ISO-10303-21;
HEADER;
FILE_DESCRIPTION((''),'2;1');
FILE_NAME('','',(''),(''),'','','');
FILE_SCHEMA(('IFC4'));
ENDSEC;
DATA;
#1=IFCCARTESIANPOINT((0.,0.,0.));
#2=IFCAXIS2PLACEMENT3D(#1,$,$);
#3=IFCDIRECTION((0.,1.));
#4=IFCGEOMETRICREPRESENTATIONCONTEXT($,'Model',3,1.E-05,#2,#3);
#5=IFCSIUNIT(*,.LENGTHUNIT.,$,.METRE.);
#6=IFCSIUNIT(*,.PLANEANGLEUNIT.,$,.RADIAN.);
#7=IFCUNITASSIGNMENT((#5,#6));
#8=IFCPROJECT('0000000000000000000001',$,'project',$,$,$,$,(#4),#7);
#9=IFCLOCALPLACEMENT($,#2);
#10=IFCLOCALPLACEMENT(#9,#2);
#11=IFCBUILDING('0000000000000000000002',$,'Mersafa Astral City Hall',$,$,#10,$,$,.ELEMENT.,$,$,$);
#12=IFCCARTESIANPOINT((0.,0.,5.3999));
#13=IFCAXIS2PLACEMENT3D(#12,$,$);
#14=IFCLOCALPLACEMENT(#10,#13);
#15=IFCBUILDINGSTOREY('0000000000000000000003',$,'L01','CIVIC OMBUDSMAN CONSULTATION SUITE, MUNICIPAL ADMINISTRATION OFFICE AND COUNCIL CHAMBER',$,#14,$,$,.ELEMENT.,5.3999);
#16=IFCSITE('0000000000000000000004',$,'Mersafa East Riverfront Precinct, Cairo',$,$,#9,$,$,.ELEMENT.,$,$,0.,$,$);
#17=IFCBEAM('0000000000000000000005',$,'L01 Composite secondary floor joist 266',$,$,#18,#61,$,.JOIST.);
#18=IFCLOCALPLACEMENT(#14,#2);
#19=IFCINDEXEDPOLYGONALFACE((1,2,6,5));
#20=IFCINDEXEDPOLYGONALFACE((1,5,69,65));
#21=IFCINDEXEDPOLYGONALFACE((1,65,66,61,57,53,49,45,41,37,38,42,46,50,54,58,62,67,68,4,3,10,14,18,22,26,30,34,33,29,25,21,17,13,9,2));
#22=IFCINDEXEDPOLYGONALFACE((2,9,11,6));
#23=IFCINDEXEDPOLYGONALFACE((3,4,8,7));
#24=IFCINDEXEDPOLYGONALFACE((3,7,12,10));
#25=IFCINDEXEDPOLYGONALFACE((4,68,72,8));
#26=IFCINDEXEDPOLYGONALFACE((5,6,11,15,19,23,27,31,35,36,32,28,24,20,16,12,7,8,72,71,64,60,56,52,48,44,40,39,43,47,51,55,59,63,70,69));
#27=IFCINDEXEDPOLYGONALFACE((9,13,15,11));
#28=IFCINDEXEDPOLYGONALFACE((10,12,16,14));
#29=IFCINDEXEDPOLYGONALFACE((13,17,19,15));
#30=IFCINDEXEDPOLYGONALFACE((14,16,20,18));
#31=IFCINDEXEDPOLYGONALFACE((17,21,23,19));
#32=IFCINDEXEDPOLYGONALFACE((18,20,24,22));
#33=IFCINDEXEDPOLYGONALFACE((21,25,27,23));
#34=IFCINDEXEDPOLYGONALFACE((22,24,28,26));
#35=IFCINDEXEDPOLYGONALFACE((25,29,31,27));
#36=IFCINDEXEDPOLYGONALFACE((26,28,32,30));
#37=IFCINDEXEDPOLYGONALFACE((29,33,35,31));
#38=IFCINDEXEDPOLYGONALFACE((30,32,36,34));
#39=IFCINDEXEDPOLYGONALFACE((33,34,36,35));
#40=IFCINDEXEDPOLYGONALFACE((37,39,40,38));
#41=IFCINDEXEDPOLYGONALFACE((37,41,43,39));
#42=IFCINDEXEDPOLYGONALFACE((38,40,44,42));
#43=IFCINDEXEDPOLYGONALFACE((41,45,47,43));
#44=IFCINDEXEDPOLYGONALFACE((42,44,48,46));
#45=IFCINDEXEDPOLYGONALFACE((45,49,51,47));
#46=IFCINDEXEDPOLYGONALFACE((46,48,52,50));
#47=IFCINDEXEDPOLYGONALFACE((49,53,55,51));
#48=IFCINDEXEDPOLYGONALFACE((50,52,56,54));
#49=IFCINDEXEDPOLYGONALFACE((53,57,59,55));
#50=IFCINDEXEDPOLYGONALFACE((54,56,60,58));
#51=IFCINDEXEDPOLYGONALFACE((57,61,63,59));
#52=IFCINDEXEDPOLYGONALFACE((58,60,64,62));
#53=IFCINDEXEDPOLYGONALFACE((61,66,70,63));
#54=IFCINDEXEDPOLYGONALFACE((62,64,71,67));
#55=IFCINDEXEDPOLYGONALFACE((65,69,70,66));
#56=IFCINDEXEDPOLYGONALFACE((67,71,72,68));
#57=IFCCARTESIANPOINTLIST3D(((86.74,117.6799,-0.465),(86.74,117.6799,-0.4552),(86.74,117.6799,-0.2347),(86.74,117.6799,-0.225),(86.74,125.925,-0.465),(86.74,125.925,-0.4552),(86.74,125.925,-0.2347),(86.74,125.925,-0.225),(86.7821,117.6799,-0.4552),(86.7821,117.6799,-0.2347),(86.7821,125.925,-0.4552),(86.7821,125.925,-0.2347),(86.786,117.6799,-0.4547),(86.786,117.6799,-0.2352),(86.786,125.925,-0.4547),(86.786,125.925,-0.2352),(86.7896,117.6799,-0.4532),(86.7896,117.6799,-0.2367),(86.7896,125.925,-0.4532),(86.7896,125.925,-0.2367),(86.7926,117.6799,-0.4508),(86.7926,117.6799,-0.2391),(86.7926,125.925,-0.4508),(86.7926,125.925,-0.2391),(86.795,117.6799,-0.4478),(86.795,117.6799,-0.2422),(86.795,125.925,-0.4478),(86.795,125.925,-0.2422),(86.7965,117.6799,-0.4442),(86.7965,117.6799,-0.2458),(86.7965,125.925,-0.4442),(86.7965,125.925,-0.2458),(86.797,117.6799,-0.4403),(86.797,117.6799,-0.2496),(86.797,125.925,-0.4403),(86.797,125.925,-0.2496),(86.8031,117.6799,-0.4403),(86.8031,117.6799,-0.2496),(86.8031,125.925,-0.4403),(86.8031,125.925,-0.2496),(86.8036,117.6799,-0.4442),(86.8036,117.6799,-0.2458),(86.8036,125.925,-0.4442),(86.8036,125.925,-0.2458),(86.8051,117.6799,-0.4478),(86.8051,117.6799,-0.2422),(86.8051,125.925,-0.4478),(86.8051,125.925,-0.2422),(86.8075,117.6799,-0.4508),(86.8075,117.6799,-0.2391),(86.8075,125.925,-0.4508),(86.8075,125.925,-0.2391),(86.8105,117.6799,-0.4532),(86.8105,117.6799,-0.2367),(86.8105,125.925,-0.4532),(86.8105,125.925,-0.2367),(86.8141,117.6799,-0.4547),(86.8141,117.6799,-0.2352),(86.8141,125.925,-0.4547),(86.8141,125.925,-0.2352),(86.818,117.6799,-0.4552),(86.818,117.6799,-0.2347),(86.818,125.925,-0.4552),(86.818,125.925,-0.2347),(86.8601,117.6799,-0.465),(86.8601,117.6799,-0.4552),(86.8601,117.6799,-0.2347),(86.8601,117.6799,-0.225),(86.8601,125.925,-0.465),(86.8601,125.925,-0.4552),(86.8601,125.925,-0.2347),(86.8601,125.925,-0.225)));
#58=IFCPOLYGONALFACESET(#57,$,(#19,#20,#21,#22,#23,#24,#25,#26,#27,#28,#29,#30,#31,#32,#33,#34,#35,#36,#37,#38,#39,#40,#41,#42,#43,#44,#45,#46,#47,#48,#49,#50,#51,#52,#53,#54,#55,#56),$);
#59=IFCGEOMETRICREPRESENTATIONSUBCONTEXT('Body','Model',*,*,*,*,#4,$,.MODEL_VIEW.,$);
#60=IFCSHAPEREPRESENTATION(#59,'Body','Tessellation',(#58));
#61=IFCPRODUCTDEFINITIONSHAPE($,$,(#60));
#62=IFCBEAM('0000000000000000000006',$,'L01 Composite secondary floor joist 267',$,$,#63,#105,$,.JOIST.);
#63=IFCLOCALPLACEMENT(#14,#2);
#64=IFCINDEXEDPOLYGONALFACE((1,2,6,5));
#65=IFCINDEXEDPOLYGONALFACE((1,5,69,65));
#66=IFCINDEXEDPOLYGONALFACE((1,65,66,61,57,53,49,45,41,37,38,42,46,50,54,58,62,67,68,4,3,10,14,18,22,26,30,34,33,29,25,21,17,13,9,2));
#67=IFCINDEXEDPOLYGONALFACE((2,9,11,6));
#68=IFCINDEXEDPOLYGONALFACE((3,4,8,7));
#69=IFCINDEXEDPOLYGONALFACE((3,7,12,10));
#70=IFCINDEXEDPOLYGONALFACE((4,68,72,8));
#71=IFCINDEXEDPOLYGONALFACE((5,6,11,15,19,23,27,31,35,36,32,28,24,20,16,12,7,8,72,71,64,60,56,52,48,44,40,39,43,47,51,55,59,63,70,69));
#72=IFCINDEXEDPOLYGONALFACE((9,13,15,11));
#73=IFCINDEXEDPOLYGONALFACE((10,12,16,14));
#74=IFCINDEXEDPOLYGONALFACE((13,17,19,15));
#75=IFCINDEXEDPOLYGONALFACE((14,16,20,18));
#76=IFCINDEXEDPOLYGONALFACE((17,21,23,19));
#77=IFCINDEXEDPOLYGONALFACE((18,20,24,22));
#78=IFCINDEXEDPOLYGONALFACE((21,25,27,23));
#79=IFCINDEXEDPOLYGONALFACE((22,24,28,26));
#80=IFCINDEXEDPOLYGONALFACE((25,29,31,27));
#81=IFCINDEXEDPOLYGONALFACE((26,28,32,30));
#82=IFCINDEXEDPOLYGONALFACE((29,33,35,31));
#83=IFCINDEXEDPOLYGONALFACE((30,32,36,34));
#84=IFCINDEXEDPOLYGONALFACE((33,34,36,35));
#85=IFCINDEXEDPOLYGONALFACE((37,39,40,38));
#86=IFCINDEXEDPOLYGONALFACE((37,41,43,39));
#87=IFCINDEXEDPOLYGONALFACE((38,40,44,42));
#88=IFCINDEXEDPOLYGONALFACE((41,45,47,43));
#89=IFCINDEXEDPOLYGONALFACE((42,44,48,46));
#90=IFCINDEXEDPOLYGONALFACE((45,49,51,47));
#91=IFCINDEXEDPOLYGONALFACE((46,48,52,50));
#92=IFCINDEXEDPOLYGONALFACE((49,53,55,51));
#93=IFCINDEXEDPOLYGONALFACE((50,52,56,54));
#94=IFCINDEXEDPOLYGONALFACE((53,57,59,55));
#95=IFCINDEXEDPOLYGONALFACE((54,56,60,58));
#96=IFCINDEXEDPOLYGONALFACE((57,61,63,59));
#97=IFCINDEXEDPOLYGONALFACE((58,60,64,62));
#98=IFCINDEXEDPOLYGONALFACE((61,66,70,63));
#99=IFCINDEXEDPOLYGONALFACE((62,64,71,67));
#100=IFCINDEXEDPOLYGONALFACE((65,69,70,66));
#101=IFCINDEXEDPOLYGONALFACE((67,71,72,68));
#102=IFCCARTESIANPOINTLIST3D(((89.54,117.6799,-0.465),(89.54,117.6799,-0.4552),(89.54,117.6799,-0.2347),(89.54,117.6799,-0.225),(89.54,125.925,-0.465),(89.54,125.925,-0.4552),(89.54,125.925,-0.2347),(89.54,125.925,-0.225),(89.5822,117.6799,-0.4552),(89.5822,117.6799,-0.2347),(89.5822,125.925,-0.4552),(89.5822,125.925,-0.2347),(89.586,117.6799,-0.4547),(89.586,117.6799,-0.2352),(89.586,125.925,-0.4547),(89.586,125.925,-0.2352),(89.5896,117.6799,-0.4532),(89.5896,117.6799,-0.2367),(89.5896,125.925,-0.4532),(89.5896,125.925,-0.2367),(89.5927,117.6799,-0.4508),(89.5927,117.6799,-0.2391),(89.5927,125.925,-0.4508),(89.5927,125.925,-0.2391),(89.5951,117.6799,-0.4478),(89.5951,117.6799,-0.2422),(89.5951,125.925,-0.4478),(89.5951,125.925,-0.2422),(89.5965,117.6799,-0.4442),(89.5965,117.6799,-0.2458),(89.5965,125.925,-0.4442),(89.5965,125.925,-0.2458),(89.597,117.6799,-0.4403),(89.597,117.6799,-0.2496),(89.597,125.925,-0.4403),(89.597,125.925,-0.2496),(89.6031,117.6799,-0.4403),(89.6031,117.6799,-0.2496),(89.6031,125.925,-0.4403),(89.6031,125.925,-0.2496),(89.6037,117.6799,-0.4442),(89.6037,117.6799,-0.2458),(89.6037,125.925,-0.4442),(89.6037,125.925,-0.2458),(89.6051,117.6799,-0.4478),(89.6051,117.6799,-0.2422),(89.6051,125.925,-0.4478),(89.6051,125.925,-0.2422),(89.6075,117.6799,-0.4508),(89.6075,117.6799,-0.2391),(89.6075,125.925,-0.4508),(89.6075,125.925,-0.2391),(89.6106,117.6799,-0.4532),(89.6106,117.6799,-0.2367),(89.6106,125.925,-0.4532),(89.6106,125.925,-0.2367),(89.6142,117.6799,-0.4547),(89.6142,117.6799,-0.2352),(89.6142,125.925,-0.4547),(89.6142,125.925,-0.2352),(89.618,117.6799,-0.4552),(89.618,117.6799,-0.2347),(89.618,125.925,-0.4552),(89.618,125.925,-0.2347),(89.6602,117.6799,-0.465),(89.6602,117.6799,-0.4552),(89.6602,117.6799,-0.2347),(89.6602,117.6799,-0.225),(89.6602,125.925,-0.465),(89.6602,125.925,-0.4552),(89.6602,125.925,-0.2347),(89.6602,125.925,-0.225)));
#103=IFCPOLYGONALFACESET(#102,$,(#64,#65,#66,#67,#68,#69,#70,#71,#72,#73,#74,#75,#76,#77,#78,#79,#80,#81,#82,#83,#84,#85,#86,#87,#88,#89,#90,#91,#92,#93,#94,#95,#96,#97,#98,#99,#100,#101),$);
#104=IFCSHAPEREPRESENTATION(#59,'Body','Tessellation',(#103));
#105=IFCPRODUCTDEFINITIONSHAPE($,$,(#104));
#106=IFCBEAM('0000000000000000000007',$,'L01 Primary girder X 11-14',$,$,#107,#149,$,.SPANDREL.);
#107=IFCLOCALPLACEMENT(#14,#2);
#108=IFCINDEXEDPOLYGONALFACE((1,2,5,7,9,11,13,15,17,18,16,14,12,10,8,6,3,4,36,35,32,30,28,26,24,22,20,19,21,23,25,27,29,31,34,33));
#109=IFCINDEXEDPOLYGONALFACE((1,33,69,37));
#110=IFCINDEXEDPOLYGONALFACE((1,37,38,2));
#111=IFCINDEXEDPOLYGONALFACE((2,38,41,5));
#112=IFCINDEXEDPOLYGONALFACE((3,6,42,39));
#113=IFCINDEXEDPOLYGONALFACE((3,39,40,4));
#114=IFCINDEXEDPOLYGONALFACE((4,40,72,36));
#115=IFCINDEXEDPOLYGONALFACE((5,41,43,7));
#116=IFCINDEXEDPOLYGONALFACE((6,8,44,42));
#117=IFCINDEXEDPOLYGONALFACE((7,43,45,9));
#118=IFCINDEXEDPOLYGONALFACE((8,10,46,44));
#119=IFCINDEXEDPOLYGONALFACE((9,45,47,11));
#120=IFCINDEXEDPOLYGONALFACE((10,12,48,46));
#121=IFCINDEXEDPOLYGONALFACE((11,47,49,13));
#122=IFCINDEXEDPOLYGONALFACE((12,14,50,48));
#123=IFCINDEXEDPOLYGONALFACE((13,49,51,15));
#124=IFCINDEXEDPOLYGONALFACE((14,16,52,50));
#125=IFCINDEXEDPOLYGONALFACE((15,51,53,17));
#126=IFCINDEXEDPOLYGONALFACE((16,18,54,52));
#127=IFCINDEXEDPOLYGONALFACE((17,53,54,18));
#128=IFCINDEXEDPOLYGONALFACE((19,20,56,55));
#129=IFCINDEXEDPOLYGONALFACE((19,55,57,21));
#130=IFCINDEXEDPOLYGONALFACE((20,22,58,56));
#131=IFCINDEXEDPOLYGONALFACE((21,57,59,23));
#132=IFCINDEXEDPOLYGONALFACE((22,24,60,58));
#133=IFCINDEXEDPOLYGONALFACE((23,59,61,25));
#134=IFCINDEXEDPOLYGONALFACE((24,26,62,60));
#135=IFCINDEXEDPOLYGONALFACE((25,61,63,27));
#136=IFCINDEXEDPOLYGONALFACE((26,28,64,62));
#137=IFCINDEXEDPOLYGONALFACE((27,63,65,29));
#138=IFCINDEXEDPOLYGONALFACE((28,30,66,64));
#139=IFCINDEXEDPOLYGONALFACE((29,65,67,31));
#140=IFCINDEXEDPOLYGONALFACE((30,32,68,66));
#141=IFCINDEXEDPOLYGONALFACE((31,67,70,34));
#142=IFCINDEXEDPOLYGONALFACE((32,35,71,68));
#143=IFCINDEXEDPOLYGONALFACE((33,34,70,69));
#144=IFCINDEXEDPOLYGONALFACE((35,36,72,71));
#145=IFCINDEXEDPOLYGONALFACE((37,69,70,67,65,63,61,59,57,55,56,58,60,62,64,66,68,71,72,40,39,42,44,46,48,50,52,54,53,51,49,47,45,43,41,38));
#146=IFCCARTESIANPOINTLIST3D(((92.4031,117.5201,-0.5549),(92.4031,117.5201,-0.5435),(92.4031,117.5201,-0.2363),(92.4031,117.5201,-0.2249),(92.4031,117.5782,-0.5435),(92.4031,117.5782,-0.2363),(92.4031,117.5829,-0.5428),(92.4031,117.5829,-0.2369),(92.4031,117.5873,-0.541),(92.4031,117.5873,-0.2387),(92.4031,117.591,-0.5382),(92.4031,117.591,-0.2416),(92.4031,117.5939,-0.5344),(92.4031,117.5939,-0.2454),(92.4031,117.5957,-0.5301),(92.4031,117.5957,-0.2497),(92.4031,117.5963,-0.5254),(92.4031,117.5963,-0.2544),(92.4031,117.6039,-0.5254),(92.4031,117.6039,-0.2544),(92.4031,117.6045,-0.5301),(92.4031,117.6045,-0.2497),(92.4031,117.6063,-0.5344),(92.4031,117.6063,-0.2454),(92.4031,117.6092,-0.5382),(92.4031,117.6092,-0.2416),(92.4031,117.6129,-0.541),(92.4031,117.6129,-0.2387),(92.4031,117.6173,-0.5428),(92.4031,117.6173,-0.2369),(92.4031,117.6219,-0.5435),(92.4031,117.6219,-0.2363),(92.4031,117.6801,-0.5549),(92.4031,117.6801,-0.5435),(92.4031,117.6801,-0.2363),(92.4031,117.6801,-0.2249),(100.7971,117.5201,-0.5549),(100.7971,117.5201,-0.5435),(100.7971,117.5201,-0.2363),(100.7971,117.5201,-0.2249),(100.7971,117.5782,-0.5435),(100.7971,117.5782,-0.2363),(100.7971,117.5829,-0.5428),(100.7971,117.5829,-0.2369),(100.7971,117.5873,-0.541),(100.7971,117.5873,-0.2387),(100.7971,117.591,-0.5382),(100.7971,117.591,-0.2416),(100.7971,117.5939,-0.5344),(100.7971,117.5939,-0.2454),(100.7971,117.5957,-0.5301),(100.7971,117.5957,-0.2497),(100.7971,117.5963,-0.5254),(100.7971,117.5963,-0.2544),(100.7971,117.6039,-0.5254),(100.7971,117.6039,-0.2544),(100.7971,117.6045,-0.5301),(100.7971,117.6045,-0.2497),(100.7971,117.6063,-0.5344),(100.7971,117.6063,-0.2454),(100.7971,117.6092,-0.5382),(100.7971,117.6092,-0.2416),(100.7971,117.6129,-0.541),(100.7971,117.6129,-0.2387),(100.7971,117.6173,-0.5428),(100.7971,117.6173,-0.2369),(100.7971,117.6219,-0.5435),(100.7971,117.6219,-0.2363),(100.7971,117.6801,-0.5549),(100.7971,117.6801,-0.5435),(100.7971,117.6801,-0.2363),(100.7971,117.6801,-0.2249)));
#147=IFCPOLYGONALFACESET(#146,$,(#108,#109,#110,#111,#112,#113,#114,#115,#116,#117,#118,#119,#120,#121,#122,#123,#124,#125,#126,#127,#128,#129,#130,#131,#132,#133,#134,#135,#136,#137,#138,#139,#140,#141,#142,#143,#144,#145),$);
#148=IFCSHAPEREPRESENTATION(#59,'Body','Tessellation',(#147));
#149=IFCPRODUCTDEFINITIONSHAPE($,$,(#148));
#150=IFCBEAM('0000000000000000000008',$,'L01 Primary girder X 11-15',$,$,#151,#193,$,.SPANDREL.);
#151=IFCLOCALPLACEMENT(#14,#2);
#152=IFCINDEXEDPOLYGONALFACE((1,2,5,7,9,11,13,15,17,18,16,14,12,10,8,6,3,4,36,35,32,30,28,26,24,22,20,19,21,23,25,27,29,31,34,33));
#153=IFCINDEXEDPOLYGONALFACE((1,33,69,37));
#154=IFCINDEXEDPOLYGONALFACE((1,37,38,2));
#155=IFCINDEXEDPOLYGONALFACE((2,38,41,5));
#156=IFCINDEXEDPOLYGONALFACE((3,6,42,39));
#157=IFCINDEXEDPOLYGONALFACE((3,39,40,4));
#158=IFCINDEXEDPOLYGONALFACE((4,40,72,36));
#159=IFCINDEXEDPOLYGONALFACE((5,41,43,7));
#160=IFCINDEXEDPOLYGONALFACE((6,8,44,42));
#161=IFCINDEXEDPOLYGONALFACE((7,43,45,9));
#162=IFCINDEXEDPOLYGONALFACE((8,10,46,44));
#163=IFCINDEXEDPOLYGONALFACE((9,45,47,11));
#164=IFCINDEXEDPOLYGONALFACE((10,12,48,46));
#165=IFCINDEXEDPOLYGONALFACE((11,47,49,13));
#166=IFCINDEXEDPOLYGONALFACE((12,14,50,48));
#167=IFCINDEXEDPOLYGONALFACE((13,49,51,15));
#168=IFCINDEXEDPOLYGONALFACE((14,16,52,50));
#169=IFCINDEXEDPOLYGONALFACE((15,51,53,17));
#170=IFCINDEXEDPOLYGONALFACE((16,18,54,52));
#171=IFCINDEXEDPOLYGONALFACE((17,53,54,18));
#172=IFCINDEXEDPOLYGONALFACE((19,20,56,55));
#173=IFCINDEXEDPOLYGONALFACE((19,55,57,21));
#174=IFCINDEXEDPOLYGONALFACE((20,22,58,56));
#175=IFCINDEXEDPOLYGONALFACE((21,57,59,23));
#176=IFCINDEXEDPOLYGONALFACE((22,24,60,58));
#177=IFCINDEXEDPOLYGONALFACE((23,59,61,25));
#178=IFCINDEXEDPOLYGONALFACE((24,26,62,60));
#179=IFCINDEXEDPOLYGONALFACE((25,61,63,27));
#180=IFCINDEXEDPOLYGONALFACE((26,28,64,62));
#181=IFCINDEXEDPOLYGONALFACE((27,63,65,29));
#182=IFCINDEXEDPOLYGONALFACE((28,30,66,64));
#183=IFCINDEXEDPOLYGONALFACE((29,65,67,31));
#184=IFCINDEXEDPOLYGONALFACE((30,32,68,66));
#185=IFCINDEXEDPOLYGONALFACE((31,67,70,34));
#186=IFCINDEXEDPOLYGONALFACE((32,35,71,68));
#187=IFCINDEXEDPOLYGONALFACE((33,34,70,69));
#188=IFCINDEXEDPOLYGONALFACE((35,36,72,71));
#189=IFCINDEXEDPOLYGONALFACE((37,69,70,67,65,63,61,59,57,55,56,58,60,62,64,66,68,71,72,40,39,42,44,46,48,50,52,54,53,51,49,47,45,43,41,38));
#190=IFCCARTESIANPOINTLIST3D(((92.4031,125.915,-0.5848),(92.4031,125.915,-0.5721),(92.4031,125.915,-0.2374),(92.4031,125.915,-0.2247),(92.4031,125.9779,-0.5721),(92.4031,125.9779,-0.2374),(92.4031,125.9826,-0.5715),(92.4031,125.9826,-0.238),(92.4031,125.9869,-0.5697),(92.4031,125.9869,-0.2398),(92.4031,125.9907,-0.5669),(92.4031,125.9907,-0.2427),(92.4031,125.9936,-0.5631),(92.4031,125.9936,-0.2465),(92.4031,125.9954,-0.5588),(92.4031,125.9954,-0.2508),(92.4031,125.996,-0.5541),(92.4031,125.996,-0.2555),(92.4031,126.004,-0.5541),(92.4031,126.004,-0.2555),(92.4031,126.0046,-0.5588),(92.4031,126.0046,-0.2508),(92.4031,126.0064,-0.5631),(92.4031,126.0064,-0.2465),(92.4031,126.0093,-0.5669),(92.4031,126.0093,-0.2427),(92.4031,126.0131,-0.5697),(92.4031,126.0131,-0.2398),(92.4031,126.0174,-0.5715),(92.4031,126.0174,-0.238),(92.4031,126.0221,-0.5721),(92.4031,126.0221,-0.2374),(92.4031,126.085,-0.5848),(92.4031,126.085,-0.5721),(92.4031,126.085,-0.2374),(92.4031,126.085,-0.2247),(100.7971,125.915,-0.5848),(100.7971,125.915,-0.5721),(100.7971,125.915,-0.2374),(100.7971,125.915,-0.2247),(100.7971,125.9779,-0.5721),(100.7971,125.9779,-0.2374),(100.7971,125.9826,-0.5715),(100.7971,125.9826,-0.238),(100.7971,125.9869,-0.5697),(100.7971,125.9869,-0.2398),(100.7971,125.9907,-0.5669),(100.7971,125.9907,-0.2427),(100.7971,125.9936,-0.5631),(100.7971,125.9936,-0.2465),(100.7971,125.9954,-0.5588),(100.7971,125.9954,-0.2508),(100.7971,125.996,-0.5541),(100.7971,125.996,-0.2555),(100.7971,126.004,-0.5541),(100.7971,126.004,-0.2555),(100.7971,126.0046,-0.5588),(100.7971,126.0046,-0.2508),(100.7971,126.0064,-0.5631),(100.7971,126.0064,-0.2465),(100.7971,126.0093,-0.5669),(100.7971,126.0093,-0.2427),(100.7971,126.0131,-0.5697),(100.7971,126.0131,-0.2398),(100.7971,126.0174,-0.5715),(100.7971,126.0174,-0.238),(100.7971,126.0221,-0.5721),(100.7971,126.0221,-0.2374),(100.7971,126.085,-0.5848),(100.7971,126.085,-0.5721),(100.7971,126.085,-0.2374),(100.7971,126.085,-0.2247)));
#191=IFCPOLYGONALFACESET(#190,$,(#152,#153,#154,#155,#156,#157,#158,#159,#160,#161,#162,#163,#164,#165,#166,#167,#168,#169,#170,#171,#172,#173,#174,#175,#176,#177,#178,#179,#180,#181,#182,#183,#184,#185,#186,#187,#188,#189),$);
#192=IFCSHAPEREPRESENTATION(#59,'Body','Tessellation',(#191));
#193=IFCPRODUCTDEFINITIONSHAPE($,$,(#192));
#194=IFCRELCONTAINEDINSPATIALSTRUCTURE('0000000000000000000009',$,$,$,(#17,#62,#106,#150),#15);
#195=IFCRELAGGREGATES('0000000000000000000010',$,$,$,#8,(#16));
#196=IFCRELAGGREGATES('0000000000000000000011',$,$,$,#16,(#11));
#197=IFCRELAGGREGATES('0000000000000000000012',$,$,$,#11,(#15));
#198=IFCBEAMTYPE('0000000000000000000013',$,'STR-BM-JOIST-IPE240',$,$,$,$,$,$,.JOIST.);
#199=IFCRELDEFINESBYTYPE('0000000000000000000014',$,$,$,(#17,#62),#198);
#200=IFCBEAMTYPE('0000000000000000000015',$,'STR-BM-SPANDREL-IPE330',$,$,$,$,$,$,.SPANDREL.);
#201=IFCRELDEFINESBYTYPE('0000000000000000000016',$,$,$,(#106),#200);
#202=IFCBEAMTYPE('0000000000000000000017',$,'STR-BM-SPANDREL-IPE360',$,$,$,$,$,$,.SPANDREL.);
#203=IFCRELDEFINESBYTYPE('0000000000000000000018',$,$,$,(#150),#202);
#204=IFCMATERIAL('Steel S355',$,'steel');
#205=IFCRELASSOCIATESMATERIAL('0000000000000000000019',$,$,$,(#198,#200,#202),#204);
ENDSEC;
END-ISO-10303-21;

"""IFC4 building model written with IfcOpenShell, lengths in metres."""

from ifc_helpers import new_model, si_unit, direction, frame, origin, origin_2d, place, context, subcontext, project, spatial, i_section, extrude, material, material_profile, profile_set, type_object, element, save


model = new_model("IFC4")

# Units and contexts
model_context = context("Model", 3, precision=1e-05, world=origin(), true_north=direction((0.0, 1.0)))
body_context = subcontext(model_context, "Body", "Model", "MODEL_VIEW")
ifc_project = project(units=[si_unit("LENGTHUNIT", "METRE"), si_unit("PLANEANGLEUNIT", "RADIAN")], contexts=[model_context])

# Site, building, storey
site_placement = place(None, origin())
site = spatial("IfcSite", under=ifc_project, at=site_placement, Name="Mersafa East Riverfront Precinct, Cairo", CompositionType="ELEMENT", RefElevation=0.0)
building_placement = place(site_placement, origin())
building = spatial("IfcBuilding", under=site, at=building_placement, Name="Mersafa Astral City Hall", CompositionType="ELEMENT")
storey_placement = place(building_placement, frame((0.0, 0.0, 5.3999)))
storey = spatial("IfcBuildingStorey", under=building, at=storey_placement, Name="L01", Description="CIVIC OMBUDSMAN CONSULTATION SUITE, MUNICIPAL ADMINISTRATION OFFICE AND COUNCIL CHAMBER", CompositionType="ELEMENT", Elevation=5.3999)

# Shared definitions
ifc_material_1 = material(Name="Steel S355", Category="steel")

# Beams
ifc_material_profile_1 = material_profile(ifc_material_1, i_section(OverallWidth=0.1201, OverallDepth=0.24, WebThickness=0.0061, FlangeThickness=0.0098, FilletRadius=0.0149, at=origin_2d()), Name="IPE 240")
ifc_profile_set_1 = profile_set([ifc_material_profile_1], Name="Steel S355")
beam_type_1 = type_object("IfcBeamType", Name="STR-BM-JOIST-IPE240", PredefinedType="JOIST", material=ifc_profile_set_1)
for number, where, z_axis, x_axis, name in (
    (1, (86.8, 117.6799, -0.345), (0.0, 1.0, 0.0), (-1.0, 0.0, 0.0), "L01 Composite secondary floor joist 266"),
    (2, (89.6001, 117.6799, -0.345), (0.0, 1.0, 0.0), (-1.0, 0.0, 0.0), "L01 Composite secondary floor joist 267"),
):
    element("IfcBeam", number, at=place(storey_placement, frame(where, z_axis=z_axis, x_axis=x_axis)), inside=storey, type_object=beam_type_1, Name=name, PredefinedType="JOIST", context=body_context, shape_type="SweptSolid", body=[
        extrude(i_section(OverallWidth=0.1201, OverallDepth=0.24, WebThickness=0.0061, FlangeThickness=0.0098, FilletRadius=0.0149, at=origin_2d()), origin(), (0.0, 0.0, 1.0), 8.2451),
    ])
ifc_material_profile_2 = material_profile(ifc_material_1, i_section(OverallWidth=0.1599, OverallDepth=0.3301, WebThickness=0.0076, FlangeThickness=0.0115, FilletRadius=0.0181, at=origin_2d()), Name="IPE 330")
ifc_profile_set_2 = profile_set([ifc_material_profile_2], Name="Steel S355")
beam_type_2 = type_object("IfcBeamType", Name="STR-BM-SPANDREL-IPE330", PredefinedType="SPANDREL", material=ifc_profile_set_2)
beam_1_placement = place(storey_placement, frame((92.4031, 117.6001, -0.3899), z_axis=(1.0, 0.0, 0.0), x_axis=(0.0, 1.0, 0.0)))
element("IfcBeam", 3, at=beam_1_placement, inside=storey, type_object=beam_type_2, Name="L01 Primary girder X 11-14", PredefinedType="SPANDREL", context=body_context, shape_type="SweptSolid", body=[
    extrude(i_section(OverallWidth=0.1599, OverallDepth=0.3301, WebThickness=0.0076, FlangeThickness=0.0115, FilletRadius=0.0181, at=origin_2d()), origin(), (0.0, 0.0, 1.0), 8.394),
])
ifc_material_profile_3 = material_profile(ifc_material_1, i_section(OverallWidth=0.1699, OverallDepth=0.3601, WebThickness=0.0081, FlangeThickness=0.0127, FilletRadius=0.0181, at=origin_2d()), Name="IPE 360")
ifc_profile_set_3 = profile_set([ifc_material_profile_3], Name="Steel S355")
beam_type_3 = type_object("IfcBeamType", Name="STR-BM-SPANDREL-IPE360", PredefinedType="SPANDREL", material=ifc_profile_set_3)
beam_2_placement = place(storey_placement, frame((92.4031, 126.0, -0.4048), z_axis=(1.0, 0.0, 0.0), x_axis=(0.0, 1.0, 0.0)))
element("IfcBeam", 4, at=beam_2_placement, inside=storey, type_object=beam_type_3, Name="L01 Primary girder X 11-15", PredefinedType="SPANDREL", context=body_context, shape_type="SweptSolid", body=[
    extrude(i_section(OverallWidth=0.1699, OverallDepth=0.3601, WebThickness=0.0081, FlangeThickness=0.0127, FilletRadius=0.0181, at=origin_2d()), origin(), (0.0, 0.0, 1.0), 8.394),
])

save(model, "model.ifc")
